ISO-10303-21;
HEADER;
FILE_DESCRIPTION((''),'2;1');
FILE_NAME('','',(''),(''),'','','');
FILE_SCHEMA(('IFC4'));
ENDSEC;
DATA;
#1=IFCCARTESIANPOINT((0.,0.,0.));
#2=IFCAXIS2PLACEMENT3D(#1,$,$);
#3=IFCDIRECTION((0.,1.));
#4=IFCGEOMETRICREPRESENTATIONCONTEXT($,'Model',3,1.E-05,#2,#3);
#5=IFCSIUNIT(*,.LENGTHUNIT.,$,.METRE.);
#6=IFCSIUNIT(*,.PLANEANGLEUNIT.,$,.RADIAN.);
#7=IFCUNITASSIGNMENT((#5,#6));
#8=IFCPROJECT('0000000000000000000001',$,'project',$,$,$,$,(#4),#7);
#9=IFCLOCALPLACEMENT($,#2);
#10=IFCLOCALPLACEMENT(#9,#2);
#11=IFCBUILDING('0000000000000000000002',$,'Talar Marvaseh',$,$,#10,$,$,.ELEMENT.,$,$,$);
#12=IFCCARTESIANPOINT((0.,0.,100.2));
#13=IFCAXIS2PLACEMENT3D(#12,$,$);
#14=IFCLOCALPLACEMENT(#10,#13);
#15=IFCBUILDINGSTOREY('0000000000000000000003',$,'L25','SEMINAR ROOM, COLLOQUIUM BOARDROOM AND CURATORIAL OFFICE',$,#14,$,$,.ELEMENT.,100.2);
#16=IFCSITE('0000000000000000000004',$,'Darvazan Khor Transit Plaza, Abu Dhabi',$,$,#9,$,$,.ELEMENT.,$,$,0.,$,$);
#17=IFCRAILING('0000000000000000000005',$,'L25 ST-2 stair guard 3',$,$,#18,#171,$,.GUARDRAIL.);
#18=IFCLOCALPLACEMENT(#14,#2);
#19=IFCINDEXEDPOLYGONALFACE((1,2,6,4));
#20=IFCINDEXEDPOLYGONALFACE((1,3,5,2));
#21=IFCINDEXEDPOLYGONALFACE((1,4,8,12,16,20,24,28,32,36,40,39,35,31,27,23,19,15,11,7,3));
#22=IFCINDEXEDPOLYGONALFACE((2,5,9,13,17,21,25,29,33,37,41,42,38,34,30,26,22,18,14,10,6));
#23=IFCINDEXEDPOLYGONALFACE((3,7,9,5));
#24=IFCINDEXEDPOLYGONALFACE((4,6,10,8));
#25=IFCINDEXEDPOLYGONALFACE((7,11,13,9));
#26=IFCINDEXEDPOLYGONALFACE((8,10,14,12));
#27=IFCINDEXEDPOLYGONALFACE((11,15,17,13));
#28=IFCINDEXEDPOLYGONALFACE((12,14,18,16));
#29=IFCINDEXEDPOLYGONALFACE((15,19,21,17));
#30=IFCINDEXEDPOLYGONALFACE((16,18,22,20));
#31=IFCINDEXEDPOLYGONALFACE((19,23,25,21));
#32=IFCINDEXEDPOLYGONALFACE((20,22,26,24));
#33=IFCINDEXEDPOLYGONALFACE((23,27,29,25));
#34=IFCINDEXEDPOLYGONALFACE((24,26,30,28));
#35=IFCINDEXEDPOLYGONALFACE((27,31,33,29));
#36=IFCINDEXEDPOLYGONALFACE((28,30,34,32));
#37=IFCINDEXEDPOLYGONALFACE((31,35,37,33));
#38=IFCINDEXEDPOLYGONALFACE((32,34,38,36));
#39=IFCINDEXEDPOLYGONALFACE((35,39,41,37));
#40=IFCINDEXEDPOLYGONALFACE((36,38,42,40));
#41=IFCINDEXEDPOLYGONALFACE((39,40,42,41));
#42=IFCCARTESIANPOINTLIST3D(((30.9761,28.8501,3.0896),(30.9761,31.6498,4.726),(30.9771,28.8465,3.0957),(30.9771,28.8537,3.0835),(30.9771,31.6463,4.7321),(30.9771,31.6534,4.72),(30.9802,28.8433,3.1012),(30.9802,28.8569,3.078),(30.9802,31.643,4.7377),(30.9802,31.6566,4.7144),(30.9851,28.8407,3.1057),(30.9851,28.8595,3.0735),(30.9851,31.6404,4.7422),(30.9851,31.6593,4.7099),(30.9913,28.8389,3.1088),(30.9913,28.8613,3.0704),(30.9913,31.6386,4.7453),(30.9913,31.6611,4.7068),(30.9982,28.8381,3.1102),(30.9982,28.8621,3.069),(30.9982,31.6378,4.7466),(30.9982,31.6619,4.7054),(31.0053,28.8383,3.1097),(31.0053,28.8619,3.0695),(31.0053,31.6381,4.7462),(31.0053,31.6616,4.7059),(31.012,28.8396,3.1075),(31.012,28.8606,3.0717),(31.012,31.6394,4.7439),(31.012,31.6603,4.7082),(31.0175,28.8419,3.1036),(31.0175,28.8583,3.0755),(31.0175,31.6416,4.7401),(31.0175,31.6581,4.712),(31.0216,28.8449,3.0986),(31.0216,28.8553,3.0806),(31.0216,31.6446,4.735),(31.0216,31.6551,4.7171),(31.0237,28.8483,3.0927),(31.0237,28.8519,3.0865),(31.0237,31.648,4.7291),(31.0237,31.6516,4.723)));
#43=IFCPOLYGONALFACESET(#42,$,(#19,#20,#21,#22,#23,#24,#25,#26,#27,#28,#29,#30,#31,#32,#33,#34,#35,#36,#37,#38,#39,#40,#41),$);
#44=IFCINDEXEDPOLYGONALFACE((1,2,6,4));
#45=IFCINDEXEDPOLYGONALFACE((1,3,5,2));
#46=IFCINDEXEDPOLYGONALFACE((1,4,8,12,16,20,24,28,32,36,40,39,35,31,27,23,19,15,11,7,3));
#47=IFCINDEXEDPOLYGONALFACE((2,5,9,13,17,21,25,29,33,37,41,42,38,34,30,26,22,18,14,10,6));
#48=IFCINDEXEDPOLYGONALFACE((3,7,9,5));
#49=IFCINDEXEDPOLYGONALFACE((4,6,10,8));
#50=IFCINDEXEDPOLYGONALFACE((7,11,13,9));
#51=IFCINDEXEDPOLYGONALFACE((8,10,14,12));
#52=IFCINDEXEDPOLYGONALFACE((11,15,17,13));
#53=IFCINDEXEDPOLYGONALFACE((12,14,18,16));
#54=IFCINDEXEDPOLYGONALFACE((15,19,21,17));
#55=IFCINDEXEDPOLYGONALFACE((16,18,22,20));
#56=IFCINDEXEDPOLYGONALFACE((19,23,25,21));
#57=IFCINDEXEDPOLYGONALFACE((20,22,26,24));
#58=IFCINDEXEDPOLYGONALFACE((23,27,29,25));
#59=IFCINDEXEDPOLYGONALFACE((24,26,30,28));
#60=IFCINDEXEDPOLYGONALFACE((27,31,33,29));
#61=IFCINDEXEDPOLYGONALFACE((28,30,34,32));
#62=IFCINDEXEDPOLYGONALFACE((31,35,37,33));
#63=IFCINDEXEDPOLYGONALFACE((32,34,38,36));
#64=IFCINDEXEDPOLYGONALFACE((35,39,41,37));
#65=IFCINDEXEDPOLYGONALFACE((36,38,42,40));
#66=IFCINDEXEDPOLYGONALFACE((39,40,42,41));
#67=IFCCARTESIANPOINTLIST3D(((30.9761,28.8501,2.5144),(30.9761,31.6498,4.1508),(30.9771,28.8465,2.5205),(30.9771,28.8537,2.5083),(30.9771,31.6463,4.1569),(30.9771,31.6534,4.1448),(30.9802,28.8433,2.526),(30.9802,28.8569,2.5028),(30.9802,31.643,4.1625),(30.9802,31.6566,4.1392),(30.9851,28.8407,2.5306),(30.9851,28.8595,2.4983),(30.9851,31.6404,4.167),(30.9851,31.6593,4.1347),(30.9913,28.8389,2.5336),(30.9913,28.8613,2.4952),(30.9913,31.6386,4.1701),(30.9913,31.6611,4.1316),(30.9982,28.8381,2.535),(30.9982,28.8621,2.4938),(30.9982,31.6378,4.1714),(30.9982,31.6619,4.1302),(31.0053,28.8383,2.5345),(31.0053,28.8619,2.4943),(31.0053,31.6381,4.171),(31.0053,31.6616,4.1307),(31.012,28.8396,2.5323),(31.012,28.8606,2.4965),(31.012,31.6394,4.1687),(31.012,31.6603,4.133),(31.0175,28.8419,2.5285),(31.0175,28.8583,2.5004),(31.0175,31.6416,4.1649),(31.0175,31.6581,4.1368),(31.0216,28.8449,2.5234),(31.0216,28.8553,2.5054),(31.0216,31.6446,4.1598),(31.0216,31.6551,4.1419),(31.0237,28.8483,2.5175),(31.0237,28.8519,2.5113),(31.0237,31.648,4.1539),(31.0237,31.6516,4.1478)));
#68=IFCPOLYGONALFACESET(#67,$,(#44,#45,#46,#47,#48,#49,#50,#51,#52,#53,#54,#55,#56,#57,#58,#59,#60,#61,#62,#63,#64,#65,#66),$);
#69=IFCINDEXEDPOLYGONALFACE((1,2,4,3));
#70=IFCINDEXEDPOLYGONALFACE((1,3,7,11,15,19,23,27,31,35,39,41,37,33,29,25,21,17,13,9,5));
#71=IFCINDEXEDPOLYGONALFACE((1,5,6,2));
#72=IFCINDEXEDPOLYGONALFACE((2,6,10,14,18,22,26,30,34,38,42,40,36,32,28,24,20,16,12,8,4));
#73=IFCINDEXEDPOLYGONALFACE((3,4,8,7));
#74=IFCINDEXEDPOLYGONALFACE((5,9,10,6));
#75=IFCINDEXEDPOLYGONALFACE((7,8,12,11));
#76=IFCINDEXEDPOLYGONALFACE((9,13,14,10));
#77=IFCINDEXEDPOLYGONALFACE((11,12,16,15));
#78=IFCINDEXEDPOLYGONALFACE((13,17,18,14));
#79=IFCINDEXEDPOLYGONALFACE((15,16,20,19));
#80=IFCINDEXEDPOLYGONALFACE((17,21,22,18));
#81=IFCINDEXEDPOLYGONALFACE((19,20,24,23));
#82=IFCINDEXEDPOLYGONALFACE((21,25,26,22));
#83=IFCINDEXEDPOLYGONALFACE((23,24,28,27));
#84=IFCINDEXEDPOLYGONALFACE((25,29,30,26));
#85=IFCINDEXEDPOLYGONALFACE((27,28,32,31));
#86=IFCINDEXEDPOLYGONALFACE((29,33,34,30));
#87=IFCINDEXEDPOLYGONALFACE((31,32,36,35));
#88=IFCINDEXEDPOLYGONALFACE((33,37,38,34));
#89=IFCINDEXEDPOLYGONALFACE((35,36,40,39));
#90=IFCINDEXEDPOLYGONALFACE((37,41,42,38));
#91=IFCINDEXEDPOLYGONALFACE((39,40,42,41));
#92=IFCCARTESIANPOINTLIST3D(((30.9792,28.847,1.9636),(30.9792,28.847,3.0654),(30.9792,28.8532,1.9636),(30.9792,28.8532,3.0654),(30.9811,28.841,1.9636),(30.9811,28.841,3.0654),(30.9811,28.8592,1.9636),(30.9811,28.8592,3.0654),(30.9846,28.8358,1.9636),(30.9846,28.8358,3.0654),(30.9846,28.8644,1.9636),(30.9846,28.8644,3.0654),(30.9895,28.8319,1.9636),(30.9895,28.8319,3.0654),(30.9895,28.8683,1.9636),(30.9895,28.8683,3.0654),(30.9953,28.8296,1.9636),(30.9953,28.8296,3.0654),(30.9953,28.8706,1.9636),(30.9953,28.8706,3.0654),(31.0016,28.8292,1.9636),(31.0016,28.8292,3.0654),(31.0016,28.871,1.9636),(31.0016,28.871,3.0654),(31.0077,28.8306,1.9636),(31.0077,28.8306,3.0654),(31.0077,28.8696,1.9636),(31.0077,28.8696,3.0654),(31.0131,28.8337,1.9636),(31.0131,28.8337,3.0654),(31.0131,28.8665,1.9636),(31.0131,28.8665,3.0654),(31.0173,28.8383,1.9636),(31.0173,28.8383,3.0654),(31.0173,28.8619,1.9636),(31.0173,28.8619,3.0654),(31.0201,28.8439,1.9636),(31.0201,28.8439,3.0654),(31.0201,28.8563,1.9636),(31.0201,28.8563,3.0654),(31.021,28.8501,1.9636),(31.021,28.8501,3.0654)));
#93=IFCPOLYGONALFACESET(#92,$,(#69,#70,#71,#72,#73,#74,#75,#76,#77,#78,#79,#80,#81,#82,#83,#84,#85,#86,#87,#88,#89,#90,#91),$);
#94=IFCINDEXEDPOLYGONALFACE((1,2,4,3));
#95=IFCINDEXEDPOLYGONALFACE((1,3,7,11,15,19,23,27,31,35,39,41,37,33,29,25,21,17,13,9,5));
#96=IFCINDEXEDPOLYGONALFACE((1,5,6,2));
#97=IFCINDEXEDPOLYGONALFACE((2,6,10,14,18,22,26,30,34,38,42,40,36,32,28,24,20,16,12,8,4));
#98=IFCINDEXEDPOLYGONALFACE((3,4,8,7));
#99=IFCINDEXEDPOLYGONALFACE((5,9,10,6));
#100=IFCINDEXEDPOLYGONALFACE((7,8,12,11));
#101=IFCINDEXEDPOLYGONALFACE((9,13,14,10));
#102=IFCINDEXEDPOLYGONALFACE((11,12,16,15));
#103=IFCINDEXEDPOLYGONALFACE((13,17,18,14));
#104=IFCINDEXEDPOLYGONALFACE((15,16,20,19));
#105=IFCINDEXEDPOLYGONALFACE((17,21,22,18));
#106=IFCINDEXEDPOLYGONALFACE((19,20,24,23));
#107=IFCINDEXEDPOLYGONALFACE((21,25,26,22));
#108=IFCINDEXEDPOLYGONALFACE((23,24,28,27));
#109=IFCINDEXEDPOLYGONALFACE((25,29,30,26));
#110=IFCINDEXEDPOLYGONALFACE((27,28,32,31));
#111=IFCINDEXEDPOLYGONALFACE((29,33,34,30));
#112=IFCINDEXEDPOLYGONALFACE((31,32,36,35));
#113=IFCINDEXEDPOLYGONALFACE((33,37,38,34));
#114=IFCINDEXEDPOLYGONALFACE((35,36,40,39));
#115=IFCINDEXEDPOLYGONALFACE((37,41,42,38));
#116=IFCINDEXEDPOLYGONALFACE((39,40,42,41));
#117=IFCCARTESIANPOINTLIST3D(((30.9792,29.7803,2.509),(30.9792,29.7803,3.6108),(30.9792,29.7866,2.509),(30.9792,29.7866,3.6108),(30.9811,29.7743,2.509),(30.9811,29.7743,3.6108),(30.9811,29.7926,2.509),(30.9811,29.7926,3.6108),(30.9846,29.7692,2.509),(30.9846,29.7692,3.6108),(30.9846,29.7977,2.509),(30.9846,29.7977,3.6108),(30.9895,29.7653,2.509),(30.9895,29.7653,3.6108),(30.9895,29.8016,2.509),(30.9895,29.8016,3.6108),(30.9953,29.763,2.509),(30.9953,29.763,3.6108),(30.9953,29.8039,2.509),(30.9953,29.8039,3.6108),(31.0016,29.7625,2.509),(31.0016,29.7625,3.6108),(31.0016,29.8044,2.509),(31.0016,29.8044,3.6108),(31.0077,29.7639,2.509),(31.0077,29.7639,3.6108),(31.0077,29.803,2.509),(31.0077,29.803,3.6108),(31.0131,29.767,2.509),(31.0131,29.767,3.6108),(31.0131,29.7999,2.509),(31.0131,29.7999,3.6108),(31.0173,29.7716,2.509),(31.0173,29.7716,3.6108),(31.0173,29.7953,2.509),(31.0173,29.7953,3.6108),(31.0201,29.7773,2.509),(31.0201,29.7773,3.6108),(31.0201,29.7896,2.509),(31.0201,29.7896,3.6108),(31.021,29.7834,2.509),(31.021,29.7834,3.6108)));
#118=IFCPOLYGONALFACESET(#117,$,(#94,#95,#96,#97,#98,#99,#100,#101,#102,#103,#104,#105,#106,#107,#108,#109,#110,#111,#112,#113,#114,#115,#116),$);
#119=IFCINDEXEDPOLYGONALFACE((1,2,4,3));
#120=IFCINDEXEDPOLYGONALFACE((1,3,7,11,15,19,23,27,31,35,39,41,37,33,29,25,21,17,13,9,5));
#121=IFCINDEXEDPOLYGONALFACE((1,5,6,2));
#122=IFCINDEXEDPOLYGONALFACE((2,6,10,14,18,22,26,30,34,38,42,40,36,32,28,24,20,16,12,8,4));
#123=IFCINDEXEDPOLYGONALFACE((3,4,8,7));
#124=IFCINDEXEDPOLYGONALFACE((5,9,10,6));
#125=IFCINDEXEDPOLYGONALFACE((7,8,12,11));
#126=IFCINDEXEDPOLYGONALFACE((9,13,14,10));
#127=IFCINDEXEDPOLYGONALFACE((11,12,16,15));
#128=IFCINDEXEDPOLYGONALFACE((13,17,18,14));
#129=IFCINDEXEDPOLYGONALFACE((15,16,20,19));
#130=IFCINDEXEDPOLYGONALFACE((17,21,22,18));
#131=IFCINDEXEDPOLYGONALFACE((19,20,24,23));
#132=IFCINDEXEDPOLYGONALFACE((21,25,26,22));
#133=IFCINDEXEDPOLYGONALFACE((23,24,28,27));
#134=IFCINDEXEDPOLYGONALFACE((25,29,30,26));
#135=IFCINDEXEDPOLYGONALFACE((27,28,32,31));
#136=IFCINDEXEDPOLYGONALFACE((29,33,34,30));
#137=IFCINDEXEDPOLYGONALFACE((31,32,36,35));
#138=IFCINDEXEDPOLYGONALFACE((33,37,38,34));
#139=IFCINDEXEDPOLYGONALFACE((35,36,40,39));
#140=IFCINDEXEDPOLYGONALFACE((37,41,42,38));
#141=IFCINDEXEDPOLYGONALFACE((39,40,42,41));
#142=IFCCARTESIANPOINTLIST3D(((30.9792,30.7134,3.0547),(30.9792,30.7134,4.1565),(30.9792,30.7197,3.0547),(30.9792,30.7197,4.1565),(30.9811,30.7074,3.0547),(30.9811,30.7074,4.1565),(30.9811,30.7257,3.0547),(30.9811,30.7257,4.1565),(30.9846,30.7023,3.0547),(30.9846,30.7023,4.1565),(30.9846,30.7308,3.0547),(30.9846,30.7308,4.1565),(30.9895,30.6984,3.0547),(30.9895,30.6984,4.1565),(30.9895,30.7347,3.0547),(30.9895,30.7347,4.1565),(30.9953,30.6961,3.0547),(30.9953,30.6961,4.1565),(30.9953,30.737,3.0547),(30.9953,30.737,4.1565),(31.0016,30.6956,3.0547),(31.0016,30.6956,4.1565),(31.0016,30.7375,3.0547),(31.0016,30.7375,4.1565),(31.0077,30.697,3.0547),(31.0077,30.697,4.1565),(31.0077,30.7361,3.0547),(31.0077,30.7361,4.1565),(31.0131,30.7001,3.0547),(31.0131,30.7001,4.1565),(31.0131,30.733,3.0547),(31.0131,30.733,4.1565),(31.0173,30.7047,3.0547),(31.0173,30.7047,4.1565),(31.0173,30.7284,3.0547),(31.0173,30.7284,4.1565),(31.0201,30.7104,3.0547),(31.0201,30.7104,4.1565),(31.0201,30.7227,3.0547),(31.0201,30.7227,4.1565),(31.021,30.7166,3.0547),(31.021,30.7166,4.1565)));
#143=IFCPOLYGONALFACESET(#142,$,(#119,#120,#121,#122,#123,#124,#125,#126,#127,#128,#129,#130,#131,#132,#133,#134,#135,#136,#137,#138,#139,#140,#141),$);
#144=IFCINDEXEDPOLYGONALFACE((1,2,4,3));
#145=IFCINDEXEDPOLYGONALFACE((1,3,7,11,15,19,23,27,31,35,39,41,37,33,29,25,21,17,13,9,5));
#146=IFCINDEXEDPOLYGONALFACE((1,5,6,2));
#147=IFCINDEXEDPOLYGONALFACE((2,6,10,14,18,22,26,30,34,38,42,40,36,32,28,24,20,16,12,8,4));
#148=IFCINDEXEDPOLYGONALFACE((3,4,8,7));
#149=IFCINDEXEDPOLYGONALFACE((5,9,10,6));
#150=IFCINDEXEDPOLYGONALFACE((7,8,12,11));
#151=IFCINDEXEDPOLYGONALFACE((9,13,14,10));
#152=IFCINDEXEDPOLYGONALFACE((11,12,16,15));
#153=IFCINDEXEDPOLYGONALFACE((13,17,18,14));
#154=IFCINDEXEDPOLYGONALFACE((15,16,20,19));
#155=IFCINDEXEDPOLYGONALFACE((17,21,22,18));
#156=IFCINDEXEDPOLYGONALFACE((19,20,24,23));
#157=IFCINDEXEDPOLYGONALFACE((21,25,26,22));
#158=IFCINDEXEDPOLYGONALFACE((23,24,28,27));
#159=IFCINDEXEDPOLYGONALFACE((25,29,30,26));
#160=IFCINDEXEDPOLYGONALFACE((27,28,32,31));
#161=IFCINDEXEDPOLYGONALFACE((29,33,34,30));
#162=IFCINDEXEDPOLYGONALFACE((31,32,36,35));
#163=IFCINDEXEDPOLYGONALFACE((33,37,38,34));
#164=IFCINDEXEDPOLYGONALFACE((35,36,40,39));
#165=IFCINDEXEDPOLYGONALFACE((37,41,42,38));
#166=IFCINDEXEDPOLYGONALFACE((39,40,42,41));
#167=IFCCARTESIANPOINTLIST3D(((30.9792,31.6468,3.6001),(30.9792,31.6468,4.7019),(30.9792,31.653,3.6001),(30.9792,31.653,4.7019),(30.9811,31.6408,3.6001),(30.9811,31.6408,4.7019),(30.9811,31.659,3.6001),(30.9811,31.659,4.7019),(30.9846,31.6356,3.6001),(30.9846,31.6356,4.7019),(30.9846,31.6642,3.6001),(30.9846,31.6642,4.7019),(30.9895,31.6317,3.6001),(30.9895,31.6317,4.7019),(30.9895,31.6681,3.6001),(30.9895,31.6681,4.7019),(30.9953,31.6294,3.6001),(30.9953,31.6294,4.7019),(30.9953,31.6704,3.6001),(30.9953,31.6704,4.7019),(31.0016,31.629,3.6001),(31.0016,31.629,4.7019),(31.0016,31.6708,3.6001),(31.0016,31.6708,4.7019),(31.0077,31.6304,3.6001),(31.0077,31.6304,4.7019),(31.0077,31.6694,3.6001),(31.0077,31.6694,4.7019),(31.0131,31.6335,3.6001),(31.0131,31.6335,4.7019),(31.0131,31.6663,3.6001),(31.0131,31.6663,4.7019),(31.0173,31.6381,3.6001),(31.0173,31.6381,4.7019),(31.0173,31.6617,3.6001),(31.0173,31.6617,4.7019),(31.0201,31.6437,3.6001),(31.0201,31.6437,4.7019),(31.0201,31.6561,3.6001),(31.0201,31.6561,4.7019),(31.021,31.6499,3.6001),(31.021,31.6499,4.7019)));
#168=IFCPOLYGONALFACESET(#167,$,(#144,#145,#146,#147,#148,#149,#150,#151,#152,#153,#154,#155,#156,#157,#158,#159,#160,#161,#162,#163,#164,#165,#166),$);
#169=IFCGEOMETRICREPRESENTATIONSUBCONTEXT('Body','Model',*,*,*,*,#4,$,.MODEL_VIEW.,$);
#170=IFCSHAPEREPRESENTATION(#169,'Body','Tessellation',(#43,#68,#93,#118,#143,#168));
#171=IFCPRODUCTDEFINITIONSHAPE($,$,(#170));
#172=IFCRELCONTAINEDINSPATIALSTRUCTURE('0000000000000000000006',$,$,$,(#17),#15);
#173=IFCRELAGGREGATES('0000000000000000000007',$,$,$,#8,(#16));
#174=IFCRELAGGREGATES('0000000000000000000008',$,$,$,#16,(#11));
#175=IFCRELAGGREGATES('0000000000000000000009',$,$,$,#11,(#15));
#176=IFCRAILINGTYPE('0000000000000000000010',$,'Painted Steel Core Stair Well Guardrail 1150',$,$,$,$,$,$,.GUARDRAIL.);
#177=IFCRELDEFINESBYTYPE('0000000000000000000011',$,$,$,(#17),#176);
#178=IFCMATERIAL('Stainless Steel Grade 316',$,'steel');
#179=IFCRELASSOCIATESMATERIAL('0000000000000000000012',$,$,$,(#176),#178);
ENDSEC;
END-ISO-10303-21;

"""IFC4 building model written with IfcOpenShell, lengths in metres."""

from ifc_helpers import new_model, si_unit, direction, frame, origin, origin_2d, place, context, subcontext, project, spatial, circle, extrude, material, type_object, element, save


model = new_model("IFC4")

# Units and contexts
model_context = context("Model", 3, precision=1e-05, world=origin(), true_north=direction((0.0, 1.0)))
body_context = subcontext(model_context, "Body", "Model", "MODEL_VIEW")
ifc_project = project(units=[si_unit("LENGTHUNIT", "METRE"), si_unit("PLANEANGLEUNIT", "RADIAN")], contexts=[model_context])

# Site, building, storey
site_placement = place(None, origin())
site = spatial("IfcSite", under=ifc_project, at=site_placement, Name="Darvazan Khor Transit Plaza, Abu Dhabi", CompositionType="ELEMENT", RefElevation=0.0)
building_placement = place(site_placement, origin())
building = spatial("IfcBuilding", under=site, at=building_placement, Name="Talar Marvaseh", CompositionType="ELEMENT")
storey_placement = place(building_placement, frame((0.0, 0.0, 100.2)))
storey = spatial("IfcBuildingStorey", under=building, at=storey_placement, Name="L25", Description="SEMINAR ROOM, COLLOQUIUM BOARDROOM AND CURATORIAL OFFICE", CompositionType="ELEMENT", Elevation=100.2)

# Railing
ifc_material_1 = material(Name="Stainless Steel Grade 316", Category="steel")
railing_type_1 = type_object("IfcRailingType", Name="Painted Steel Core Stair Well Guardrail 1150", PredefinedType="GUARDRAIL", material=ifc_material_1)
railing_1_placement = place(storey_placement, frame((31.0, 28.8501, 1.9636)))
element("IfcRailing", 1, at=railing_1_placement, inside=storey, type_object=railing_type_1, Name="L25 ST-2 stair guard 3", PredefinedType="GUARDRAIL", context=body_context, shape_type="SweptSolid", body=[
    extrude(circle(Radius=0.0239, at=origin_2d()), frame((0.0, 0.0, 1.126), z_axis=(0.0, 0.863342, 0.50462), x_axis=(-1.0, 0.0, 0.0)), (0.0, 0.0, 1.0), 3.2429),
    extrude(circle(Radius=0.0239, at=origin_2d()), frame((0.0, 0.0, 0.5508), z_axis=(0.0, 0.863342, 0.50462), x_axis=(-1.0, 0.0, 0.0)), (0.0, 0.0, 1.0), 3.2429),
    extrude(circle(Radius=0.021, at=origin_2d()), origin(), (0.0, 0.0, 1.0), 1.1018),
    extrude(circle(Radius=0.021, at=origin_2d()), frame((0.0, 0.9333, 0.5454)), (0.0, 0.0, 1.0), 1.1018),
    extrude(circle(Radius=0.021, at=origin_2d()), frame((0.0, 1.8665, 1.0911)), (0.0, 0.0, 1.0), 1.1018),
    extrude(circle(Radius=0.021, at=origin_2d()), frame((0.0, 2.7998, 1.6365)), (0.0, 0.0, 1.0), 1.1018),
])

save(model, "model.ifc")
